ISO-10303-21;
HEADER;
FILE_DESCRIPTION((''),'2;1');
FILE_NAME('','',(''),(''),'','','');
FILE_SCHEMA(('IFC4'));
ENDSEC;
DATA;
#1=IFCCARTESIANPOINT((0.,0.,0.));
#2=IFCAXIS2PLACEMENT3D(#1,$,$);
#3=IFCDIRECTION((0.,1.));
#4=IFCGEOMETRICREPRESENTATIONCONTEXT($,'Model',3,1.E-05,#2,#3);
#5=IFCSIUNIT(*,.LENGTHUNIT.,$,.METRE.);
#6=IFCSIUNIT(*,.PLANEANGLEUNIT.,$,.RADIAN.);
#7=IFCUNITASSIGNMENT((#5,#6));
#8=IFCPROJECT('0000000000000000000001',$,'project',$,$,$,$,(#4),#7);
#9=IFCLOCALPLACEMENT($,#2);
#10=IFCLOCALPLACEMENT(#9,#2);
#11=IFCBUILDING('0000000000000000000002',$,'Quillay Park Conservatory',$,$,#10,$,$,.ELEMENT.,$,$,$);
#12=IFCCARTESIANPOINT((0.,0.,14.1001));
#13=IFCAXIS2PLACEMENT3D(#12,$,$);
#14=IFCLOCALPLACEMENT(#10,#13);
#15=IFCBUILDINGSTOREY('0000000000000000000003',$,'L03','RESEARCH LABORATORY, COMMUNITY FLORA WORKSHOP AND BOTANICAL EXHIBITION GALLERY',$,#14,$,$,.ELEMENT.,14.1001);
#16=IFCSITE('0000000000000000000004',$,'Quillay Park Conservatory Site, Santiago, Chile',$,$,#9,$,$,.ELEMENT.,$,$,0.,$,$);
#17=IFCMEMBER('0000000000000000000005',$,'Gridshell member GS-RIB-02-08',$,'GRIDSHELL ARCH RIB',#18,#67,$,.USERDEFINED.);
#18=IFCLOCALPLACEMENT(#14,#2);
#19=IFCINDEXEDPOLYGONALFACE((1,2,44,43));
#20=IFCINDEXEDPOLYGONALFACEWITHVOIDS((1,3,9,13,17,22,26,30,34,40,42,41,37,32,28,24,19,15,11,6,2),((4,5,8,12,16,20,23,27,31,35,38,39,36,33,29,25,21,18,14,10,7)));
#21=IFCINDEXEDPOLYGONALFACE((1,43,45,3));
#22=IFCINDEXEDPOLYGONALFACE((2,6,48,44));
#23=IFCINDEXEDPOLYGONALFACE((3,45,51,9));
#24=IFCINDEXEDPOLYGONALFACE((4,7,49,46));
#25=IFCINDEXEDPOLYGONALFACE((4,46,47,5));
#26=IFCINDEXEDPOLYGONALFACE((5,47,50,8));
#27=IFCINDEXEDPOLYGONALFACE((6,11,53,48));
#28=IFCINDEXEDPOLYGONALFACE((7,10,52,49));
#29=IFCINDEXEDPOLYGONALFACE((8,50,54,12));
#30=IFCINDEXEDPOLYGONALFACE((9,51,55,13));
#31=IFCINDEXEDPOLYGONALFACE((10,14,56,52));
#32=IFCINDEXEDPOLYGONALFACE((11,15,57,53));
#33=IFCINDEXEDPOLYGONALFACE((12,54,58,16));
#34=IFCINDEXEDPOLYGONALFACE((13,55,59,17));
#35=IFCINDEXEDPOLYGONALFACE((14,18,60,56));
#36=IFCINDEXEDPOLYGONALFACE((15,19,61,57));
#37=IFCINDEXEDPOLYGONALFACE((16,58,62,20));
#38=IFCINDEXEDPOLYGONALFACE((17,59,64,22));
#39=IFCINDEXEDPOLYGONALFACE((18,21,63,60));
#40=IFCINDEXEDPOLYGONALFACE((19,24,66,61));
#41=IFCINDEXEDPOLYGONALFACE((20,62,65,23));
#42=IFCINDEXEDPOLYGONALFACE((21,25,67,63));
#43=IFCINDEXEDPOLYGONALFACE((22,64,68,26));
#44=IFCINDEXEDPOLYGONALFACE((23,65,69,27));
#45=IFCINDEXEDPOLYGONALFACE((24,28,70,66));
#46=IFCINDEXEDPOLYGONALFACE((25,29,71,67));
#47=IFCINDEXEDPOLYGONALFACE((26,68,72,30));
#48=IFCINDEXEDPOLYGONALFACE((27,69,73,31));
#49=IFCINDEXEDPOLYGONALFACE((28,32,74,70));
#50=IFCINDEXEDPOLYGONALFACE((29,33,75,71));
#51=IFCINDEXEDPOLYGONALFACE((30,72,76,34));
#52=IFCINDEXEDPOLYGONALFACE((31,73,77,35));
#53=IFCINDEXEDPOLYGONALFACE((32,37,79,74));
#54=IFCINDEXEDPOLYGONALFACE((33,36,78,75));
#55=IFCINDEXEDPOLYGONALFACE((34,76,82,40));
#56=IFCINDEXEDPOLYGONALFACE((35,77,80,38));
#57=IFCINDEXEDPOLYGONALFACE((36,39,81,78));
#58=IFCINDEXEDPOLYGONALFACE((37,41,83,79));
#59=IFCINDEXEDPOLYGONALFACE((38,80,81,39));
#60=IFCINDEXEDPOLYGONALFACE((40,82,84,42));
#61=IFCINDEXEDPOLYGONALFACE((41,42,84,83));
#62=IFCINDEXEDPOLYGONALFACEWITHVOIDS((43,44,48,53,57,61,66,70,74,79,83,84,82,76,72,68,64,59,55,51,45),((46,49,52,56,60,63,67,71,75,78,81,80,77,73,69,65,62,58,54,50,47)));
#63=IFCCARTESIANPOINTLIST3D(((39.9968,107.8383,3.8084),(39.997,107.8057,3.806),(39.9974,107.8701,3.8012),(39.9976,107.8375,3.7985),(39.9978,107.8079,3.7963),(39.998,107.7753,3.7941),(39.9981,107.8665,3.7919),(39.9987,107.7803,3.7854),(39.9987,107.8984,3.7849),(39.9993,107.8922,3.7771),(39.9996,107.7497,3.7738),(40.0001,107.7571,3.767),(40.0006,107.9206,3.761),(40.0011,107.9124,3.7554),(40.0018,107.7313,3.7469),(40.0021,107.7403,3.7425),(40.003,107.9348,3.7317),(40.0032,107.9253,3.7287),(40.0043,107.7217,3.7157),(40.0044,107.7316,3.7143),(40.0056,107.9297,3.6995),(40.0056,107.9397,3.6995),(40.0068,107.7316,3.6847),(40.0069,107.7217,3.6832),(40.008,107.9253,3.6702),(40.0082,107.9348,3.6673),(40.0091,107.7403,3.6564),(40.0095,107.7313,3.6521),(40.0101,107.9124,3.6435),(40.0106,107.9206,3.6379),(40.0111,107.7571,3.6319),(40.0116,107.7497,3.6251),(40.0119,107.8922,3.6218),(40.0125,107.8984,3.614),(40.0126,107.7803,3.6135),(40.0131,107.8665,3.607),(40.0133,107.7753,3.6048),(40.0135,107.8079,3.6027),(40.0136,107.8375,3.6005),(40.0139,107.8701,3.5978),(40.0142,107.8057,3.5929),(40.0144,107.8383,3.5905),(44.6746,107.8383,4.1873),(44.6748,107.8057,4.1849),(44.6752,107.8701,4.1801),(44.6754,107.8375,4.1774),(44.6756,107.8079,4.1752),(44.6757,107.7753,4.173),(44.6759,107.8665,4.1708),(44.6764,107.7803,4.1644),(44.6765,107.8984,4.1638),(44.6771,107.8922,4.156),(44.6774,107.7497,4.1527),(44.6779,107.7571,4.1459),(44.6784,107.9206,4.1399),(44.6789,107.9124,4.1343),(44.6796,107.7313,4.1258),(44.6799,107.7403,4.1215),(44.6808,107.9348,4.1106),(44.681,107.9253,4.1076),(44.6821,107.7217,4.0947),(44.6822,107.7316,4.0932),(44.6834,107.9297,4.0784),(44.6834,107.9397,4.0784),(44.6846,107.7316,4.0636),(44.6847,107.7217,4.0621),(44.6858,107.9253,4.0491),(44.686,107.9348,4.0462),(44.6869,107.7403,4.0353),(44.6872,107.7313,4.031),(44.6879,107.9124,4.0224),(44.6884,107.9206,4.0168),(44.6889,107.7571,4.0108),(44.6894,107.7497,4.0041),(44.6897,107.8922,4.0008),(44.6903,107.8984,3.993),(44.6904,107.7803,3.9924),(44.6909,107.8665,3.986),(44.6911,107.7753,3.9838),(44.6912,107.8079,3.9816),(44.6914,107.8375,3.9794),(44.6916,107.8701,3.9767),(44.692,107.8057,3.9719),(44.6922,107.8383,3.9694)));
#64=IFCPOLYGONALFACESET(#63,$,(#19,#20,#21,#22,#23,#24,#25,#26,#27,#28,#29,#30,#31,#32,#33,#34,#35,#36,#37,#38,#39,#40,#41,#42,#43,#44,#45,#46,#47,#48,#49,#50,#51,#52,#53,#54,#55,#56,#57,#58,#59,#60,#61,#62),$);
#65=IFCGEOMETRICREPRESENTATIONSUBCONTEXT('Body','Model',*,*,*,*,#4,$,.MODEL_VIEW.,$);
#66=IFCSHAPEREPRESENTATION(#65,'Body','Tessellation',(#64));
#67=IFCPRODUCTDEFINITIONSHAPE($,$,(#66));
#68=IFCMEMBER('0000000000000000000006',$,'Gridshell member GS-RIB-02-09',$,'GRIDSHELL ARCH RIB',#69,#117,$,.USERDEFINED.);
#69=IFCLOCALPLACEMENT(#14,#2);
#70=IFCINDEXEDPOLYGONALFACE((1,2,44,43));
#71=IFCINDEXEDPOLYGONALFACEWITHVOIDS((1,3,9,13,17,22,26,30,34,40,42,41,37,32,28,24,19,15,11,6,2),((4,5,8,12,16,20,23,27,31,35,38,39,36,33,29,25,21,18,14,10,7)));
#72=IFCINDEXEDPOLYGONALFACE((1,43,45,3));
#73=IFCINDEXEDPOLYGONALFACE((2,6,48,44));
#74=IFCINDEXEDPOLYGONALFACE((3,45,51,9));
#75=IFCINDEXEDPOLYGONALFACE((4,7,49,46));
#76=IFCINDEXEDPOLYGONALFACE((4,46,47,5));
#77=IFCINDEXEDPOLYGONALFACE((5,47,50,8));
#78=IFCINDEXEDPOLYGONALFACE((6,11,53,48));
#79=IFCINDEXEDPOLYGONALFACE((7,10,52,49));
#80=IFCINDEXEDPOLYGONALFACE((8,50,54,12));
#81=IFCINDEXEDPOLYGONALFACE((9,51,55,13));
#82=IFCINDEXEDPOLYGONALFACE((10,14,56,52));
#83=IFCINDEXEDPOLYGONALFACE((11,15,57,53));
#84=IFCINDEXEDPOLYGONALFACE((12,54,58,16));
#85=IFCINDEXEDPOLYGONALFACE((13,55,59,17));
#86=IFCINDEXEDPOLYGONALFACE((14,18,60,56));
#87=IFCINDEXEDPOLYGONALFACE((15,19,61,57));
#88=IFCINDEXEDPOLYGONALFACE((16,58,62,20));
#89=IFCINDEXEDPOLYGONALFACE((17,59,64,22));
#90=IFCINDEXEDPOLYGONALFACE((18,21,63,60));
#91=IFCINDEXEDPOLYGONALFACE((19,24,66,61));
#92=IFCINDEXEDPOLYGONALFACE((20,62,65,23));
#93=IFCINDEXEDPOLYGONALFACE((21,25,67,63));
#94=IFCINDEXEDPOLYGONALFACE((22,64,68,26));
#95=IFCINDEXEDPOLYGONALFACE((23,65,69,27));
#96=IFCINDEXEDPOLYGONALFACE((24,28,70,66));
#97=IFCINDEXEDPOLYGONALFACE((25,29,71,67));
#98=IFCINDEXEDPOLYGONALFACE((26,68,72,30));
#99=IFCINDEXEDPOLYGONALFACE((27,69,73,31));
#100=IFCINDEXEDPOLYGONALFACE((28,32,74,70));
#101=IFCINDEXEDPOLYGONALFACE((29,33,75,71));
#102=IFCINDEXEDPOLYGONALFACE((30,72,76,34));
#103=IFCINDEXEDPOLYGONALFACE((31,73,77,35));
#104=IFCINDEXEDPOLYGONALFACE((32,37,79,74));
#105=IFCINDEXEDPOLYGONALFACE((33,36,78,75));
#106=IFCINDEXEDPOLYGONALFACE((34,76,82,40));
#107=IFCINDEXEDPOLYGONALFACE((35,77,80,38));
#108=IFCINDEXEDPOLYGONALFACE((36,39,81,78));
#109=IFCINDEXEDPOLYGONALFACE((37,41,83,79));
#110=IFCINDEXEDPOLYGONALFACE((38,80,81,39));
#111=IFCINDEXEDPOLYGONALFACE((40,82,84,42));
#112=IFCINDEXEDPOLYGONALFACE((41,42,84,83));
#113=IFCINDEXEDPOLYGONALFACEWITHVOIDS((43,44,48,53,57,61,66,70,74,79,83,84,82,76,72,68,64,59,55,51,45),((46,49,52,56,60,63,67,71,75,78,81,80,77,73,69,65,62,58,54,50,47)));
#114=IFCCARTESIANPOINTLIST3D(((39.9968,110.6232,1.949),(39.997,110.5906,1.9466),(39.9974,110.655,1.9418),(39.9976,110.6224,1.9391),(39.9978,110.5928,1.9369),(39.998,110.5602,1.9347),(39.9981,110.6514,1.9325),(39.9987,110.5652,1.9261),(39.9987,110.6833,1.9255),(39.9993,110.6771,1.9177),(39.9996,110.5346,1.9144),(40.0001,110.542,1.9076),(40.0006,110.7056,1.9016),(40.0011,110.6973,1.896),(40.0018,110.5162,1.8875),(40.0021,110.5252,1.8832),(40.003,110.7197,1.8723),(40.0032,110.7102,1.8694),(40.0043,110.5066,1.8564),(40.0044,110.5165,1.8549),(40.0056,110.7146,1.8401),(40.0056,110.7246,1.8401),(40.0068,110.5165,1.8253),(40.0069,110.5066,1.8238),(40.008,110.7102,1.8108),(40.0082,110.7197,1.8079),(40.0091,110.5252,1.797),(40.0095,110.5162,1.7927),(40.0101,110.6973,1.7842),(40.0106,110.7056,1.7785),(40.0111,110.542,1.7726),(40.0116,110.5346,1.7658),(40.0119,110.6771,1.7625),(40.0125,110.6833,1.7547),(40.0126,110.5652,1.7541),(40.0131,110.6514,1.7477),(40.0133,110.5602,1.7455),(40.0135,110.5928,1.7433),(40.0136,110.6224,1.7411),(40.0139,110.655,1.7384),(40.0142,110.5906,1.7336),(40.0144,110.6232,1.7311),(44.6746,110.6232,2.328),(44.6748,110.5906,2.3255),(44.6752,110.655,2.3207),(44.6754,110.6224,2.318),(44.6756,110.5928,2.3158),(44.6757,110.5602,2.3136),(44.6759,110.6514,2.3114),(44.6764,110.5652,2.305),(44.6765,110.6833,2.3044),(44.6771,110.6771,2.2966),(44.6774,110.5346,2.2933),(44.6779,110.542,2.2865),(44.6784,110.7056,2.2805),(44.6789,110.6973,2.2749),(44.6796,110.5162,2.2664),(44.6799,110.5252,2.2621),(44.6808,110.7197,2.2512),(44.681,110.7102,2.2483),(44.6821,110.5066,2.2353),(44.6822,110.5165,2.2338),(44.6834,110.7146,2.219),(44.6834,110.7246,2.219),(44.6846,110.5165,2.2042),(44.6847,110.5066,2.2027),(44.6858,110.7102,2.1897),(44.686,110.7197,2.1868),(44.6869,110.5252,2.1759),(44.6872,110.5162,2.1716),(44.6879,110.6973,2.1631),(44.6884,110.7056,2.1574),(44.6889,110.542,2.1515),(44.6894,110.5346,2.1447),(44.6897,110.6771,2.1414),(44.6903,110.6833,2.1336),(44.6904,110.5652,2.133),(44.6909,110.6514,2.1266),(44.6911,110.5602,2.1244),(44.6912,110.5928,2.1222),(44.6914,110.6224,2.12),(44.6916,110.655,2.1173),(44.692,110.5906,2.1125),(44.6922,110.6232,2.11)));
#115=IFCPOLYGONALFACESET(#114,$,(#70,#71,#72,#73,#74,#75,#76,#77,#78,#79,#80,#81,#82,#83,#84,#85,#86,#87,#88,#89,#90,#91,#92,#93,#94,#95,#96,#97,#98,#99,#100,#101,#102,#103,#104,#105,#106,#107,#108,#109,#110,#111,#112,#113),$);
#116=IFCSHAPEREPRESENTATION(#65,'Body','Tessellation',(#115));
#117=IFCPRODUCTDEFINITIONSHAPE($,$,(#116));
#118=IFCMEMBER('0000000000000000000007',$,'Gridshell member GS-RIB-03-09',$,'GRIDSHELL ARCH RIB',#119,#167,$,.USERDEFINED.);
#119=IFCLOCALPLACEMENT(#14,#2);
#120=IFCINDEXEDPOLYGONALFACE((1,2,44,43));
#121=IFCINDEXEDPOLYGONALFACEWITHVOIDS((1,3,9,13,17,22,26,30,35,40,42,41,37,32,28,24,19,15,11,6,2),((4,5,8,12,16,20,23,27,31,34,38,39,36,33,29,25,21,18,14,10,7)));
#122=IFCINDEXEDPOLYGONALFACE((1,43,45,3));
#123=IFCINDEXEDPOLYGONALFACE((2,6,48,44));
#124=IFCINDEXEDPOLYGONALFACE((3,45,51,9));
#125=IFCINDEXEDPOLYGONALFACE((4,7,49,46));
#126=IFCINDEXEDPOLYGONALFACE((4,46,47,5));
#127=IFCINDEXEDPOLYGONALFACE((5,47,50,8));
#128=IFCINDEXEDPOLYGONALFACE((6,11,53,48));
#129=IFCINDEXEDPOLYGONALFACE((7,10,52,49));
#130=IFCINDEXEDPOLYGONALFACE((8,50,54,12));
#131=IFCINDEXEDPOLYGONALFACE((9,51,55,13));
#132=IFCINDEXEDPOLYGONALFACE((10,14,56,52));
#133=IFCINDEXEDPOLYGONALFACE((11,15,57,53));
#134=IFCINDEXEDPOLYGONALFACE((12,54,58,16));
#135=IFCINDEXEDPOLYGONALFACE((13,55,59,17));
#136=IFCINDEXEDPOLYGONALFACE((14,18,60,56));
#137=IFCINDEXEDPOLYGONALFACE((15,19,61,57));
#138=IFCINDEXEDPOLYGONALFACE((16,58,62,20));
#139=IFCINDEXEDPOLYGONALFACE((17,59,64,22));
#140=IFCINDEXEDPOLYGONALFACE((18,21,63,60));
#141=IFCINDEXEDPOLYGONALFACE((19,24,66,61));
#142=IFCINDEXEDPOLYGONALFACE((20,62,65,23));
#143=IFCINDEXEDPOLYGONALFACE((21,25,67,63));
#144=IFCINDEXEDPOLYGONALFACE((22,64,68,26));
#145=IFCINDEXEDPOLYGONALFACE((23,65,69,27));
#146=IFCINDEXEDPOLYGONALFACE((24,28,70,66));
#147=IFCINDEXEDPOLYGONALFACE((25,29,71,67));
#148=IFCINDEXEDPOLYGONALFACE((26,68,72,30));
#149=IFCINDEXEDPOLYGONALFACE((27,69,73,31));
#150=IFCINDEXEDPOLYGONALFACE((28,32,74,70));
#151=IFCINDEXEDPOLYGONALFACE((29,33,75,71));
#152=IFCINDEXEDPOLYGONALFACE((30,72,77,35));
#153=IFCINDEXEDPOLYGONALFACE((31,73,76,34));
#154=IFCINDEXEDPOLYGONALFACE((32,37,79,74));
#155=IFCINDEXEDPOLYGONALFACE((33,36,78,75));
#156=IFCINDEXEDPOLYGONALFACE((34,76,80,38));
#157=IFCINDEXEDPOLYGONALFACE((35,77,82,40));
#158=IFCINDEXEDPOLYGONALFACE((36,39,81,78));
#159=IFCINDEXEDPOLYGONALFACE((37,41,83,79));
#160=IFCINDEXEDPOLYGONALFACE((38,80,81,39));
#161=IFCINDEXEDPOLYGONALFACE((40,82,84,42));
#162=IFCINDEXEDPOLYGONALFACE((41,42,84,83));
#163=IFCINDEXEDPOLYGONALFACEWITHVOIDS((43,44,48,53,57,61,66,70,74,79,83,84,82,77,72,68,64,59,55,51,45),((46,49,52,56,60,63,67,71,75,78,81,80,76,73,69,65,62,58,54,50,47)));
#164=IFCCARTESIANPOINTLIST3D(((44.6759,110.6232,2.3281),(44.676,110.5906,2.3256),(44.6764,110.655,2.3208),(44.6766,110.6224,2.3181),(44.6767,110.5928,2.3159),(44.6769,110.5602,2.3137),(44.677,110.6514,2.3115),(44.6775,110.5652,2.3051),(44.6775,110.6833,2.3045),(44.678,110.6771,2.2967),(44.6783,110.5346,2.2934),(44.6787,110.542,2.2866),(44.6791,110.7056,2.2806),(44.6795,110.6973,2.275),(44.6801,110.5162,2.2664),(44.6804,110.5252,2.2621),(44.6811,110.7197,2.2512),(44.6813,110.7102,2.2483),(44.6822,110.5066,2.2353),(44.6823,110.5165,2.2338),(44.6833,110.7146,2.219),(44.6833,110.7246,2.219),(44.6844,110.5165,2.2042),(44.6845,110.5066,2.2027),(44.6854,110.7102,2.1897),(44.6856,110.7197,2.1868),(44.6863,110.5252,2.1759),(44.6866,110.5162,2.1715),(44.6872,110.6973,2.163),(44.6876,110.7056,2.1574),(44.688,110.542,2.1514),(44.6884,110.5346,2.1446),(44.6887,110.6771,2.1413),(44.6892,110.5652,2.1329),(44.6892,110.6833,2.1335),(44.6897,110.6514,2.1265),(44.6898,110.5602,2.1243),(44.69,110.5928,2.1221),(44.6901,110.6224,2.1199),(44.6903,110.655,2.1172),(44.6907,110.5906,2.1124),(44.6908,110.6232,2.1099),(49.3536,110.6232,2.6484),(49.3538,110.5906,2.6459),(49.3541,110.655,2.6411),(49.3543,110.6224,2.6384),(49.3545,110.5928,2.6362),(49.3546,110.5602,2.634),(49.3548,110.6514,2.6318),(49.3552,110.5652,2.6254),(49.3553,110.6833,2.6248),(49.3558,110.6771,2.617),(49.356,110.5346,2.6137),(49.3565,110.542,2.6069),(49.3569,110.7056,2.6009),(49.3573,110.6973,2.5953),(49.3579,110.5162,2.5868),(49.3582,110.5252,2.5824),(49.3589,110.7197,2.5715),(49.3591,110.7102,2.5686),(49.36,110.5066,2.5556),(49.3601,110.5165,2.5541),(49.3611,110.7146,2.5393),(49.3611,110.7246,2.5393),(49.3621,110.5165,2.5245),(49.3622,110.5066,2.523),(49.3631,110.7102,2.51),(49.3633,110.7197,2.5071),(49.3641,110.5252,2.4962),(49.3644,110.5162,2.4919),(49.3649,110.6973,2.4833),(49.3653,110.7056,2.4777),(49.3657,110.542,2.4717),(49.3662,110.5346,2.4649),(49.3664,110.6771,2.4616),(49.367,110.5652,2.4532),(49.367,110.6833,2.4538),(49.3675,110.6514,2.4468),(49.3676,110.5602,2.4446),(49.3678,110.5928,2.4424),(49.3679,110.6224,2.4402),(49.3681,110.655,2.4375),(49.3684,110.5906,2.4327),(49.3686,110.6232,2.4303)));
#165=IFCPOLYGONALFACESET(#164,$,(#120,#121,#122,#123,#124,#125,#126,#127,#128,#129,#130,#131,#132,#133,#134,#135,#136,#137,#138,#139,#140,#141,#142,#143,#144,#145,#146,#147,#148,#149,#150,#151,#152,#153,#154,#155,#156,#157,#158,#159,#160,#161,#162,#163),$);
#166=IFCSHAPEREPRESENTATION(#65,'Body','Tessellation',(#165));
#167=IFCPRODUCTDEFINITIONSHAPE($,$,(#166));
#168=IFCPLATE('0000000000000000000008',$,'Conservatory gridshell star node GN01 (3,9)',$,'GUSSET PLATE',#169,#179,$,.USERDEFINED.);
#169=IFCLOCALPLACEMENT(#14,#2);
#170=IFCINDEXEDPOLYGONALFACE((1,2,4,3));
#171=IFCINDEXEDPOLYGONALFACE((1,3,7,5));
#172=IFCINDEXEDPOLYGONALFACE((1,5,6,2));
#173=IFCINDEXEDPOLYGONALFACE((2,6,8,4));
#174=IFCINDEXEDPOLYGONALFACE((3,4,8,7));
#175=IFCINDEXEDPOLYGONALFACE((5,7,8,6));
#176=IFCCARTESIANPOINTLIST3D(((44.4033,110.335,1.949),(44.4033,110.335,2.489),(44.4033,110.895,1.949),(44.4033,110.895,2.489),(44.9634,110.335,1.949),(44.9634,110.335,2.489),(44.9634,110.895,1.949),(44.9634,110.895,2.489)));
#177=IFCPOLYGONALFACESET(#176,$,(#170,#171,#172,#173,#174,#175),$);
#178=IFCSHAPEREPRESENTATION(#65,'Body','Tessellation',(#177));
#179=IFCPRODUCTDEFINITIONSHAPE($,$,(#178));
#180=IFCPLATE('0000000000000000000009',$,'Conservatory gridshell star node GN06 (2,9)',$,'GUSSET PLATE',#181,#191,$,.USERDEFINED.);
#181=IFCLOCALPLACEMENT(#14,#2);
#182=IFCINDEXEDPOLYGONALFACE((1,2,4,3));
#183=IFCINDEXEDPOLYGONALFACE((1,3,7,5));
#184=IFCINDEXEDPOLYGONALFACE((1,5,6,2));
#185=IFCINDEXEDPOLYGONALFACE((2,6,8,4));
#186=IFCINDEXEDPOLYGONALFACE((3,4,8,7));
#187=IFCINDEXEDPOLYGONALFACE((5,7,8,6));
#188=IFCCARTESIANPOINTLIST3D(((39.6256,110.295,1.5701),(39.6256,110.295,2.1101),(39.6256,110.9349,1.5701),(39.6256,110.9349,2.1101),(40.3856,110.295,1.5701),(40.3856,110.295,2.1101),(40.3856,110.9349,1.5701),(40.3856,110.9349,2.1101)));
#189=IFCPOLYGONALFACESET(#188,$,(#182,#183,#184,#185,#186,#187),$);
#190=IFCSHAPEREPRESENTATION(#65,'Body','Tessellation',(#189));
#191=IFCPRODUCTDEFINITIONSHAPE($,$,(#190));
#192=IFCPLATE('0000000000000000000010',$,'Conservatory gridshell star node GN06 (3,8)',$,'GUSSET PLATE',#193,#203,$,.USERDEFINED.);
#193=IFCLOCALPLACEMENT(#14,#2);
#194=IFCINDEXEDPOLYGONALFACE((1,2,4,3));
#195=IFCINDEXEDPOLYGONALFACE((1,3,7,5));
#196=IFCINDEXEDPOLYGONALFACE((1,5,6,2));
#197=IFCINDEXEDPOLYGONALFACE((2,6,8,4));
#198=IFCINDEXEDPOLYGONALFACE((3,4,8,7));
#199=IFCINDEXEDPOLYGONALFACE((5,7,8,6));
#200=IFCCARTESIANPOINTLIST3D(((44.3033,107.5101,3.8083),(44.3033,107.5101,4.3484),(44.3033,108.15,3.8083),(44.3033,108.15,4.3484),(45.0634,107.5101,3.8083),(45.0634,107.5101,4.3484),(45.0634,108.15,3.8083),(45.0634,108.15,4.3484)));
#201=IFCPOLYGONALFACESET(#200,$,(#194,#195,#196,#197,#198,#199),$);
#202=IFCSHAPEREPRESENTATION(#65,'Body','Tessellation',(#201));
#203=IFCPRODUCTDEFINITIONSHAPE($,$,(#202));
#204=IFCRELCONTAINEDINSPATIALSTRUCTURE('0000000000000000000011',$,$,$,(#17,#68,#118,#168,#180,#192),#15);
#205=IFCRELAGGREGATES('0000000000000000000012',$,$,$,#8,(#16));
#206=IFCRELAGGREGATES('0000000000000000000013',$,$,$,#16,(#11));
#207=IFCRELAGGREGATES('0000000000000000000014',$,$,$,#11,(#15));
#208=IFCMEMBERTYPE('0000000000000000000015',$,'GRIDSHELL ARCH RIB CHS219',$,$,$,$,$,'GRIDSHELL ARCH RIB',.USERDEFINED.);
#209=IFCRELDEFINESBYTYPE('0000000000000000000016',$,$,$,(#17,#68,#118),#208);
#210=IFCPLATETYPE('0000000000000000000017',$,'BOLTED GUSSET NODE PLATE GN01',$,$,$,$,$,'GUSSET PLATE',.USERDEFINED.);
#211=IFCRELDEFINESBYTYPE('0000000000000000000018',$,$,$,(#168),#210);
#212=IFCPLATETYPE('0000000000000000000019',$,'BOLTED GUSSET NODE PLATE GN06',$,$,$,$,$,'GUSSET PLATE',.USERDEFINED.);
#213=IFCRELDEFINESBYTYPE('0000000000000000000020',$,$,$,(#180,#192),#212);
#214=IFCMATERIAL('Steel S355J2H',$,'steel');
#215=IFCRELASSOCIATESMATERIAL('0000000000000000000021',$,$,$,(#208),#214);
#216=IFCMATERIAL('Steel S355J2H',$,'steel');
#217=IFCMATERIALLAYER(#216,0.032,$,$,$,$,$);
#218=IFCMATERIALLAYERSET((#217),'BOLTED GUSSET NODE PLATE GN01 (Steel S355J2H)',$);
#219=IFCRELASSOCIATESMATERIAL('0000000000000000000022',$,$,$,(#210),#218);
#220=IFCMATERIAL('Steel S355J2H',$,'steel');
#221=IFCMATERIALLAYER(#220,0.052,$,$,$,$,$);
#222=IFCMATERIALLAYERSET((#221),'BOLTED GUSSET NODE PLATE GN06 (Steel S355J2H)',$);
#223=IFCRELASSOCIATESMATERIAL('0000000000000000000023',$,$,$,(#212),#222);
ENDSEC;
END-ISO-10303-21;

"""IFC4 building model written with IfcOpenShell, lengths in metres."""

from ifc_helpers import new_model, si_unit, direction, frame, origin, origin_2d, place, context, subcontext, project, spatial, rectangle, hollow_circle, extrude, material, layer, layer_set, material_profile, profile_set, type_object, element, save


model = new_model("IFC4")

# Units and contexts
model_context = context("Model", 3, precision=1e-05, world=origin(), true_north=direction((0.0, 1.0)))
body_context = subcontext(model_context, "Body", "Model", "MODEL_VIEW")
ifc_project = project(units=[si_unit("LENGTHUNIT", "METRE"), si_unit("PLANEANGLEUNIT", "RADIAN")], contexts=[model_context])

# Site, building, storey
site_placement = place(None, origin())
site = spatial("IfcSite", under=ifc_project, at=site_placement, Name="Quillay Park Conservatory Site, Santiago, Chile", CompositionType="ELEMENT", RefElevation=0.0)
building_placement = place(site_placement, origin())
building = spatial("IfcBuilding", under=site, at=building_placement, Name="Quillay Park Conservatory", CompositionType="ELEMENT")
storey_placement = place(building_placement, frame((0.0, 0.0, 14.1001)))
storey = spatial("IfcBuildingStorey", under=building, at=storey_placement, Name="L03", Description="RESEARCH LABORATORY, COMMUNITY FLORA WORKSHOP AND BOTANICAL EXHIBITION GALLERY", CompositionType="ELEMENT", Elevation=14.1001)

# Members
ifc_material_1 = material(Name="Steel S355J2H", Category="steel")
ifc_material_profile_1 = material_profile(ifc_material_1, hollow_circle(Radius=0.1096, WallThickness=0.01, at=origin_2d()), Name="CHS219.1x10")
ifc_profile_set_1 = profile_set([ifc_material_profile_1], Name="Steel S355J2H")
member_type = type_object("IfcMemberType", Name="GRIDSHELL ARCH RIB CHS219", ElementType="GRIDSHELL ARCH RIB", PredefinedType="USERDEFINED", material=ifc_profile_set_1)
for number, where, z_axis, x_axis, name in (
    (1, (40.0056, 107.8301, 3.6995), (0.996735, 0.0, 0.080738), (0.0, 1.0, 0.0), "Gridshell member GS-RIB-02-08"),
    (2, (40.0056, 110.615, 1.8401), (0.996735, 0.0, 0.080738), (0.0, 1.0, 0.0), "Gridshell member GS-RIB-02-09"),
):
    element("IfcMember", number, at=place(storey_placement, frame(where, z_axis=z_axis, x_axis=x_axis)), inside=storey, type_object=member_type, Name=name, ObjectType="GRIDSHELL ARCH RIB", PredefinedType="USERDEFINED", context=body_context, shape_type="SweptSolid", body=[
        extrude(hollow_circle(Radius=0.1096, WallThickness=0.01, at=origin_2d()), origin(), (0.0, 0.0, 1.0), 4.6931),
    ])
member_placement = place(storey_placement, frame((44.6833, 110.615, 2.219), z_axis=(0.997664, 0.0, 0.068316), x_axis=(0.0, 1.0, 0.0)))
element("IfcMember", 3, at=member_placement, inside=storey, type_object=member_type, Name="Gridshell member GS-RIB-03-09", ObjectType="GRIDSHELL ARCH RIB", PredefinedType="USERDEFINED", context=body_context, shape_type="SweptSolid", body=[
    extrude(hollow_circle(Radius=0.1096, WallThickness=0.01, at=origin_2d()), origin(), (0.0, 0.0, 1.0), 4.6887),
])

# Plates
ifc_material_2 = material(Name="Steel S355J2H", Category="steel")
ifc_layer_1 = layer(ifc_material_2, 0.032)
ifc_layer_set_1 = layer_set([ifc_layer_1], Name="BOLTED GUSSET NODE PLATE GN01 (Steel S355J2H)")
plate_type_1 = type_object("IfcPlateType", Name="BOLTED GUSSET NODE PLATE GN01", ElementType="GUSSET PLATE", PredefinedType="USERDEFINED", material=ifc_layer_set_1)
plate_1_placement = place(storey_placement, frame((44.6833, 110.615, 1.949), z_axis=(0.0, 0.0, 1.0), x_axis=(1.0, 0.0, 0.0)))
element("IfcPlate", 4, at=plate_1_placement, inside=storey, type_object=plate_type_1, Name="Conservatory gridshell star node GN01 (3,9)", ObjectType="GUSSET PLATE", PredefinedType="USERDEFINED", context=body_context, shape_type="SweptSolid", body=[
    extrude(rectangle(XDim=0.5601, YDim=0.5601, at=origin_2d()), origin(), (0.0, 0.0, 1.0), 0.54),
])
ifc_material_3 = material(Name="Steel S355J2H", Category="steel")
ifc_layer_2 = layer(ifc_material_3, 0.052)
ifc_layer_set_2 = layer_set([ifc_layer_2], Name="BOLTED GUSSET NODE PLATE GN06 (Steel S355J2H)")
plate_type_2 = type_object("IfcPlateType", Name="BOLTED GUSSET NODE PLATE GN06", ElementType="GUSSET PLATE", PredefinedType="USERDEFINED", material=ifc_layer_set_2)
for number, where, z_axis, x_axis, name in (
    (5, (40.0056, 110.615, 1.5701), (0.0, 0.0, 1.0), (1.0, 0.0, 0.0), "Conservatory gridshell star node GN06 (2,9)"),
    (6, (44.6833, 107.8301, 3.8083), (0.0, 0.0, 1.0), (1.0, 0.0, 0.0), "Conservatory gridshell star node GN06 (3,8)"),
):
    element("IfcPlate", number, at=place(storey_placement, frame(where, z_axis=z_axis, x_axis=x_axis)), inside=storey, type_object=plate_type_2, Name=name, ObjectType="GUSSET PLATE", PredefinedType="USERDEFINED", context=body_context, shape_type="SweptSolid", body=[
        extrude(rectangle(XDim=0.76, YDim=0.6399, at=origin_2d()), origin(), (0.0, 0.0, 1.0), 0.54),
    ])

save(model, "model.ifc")
